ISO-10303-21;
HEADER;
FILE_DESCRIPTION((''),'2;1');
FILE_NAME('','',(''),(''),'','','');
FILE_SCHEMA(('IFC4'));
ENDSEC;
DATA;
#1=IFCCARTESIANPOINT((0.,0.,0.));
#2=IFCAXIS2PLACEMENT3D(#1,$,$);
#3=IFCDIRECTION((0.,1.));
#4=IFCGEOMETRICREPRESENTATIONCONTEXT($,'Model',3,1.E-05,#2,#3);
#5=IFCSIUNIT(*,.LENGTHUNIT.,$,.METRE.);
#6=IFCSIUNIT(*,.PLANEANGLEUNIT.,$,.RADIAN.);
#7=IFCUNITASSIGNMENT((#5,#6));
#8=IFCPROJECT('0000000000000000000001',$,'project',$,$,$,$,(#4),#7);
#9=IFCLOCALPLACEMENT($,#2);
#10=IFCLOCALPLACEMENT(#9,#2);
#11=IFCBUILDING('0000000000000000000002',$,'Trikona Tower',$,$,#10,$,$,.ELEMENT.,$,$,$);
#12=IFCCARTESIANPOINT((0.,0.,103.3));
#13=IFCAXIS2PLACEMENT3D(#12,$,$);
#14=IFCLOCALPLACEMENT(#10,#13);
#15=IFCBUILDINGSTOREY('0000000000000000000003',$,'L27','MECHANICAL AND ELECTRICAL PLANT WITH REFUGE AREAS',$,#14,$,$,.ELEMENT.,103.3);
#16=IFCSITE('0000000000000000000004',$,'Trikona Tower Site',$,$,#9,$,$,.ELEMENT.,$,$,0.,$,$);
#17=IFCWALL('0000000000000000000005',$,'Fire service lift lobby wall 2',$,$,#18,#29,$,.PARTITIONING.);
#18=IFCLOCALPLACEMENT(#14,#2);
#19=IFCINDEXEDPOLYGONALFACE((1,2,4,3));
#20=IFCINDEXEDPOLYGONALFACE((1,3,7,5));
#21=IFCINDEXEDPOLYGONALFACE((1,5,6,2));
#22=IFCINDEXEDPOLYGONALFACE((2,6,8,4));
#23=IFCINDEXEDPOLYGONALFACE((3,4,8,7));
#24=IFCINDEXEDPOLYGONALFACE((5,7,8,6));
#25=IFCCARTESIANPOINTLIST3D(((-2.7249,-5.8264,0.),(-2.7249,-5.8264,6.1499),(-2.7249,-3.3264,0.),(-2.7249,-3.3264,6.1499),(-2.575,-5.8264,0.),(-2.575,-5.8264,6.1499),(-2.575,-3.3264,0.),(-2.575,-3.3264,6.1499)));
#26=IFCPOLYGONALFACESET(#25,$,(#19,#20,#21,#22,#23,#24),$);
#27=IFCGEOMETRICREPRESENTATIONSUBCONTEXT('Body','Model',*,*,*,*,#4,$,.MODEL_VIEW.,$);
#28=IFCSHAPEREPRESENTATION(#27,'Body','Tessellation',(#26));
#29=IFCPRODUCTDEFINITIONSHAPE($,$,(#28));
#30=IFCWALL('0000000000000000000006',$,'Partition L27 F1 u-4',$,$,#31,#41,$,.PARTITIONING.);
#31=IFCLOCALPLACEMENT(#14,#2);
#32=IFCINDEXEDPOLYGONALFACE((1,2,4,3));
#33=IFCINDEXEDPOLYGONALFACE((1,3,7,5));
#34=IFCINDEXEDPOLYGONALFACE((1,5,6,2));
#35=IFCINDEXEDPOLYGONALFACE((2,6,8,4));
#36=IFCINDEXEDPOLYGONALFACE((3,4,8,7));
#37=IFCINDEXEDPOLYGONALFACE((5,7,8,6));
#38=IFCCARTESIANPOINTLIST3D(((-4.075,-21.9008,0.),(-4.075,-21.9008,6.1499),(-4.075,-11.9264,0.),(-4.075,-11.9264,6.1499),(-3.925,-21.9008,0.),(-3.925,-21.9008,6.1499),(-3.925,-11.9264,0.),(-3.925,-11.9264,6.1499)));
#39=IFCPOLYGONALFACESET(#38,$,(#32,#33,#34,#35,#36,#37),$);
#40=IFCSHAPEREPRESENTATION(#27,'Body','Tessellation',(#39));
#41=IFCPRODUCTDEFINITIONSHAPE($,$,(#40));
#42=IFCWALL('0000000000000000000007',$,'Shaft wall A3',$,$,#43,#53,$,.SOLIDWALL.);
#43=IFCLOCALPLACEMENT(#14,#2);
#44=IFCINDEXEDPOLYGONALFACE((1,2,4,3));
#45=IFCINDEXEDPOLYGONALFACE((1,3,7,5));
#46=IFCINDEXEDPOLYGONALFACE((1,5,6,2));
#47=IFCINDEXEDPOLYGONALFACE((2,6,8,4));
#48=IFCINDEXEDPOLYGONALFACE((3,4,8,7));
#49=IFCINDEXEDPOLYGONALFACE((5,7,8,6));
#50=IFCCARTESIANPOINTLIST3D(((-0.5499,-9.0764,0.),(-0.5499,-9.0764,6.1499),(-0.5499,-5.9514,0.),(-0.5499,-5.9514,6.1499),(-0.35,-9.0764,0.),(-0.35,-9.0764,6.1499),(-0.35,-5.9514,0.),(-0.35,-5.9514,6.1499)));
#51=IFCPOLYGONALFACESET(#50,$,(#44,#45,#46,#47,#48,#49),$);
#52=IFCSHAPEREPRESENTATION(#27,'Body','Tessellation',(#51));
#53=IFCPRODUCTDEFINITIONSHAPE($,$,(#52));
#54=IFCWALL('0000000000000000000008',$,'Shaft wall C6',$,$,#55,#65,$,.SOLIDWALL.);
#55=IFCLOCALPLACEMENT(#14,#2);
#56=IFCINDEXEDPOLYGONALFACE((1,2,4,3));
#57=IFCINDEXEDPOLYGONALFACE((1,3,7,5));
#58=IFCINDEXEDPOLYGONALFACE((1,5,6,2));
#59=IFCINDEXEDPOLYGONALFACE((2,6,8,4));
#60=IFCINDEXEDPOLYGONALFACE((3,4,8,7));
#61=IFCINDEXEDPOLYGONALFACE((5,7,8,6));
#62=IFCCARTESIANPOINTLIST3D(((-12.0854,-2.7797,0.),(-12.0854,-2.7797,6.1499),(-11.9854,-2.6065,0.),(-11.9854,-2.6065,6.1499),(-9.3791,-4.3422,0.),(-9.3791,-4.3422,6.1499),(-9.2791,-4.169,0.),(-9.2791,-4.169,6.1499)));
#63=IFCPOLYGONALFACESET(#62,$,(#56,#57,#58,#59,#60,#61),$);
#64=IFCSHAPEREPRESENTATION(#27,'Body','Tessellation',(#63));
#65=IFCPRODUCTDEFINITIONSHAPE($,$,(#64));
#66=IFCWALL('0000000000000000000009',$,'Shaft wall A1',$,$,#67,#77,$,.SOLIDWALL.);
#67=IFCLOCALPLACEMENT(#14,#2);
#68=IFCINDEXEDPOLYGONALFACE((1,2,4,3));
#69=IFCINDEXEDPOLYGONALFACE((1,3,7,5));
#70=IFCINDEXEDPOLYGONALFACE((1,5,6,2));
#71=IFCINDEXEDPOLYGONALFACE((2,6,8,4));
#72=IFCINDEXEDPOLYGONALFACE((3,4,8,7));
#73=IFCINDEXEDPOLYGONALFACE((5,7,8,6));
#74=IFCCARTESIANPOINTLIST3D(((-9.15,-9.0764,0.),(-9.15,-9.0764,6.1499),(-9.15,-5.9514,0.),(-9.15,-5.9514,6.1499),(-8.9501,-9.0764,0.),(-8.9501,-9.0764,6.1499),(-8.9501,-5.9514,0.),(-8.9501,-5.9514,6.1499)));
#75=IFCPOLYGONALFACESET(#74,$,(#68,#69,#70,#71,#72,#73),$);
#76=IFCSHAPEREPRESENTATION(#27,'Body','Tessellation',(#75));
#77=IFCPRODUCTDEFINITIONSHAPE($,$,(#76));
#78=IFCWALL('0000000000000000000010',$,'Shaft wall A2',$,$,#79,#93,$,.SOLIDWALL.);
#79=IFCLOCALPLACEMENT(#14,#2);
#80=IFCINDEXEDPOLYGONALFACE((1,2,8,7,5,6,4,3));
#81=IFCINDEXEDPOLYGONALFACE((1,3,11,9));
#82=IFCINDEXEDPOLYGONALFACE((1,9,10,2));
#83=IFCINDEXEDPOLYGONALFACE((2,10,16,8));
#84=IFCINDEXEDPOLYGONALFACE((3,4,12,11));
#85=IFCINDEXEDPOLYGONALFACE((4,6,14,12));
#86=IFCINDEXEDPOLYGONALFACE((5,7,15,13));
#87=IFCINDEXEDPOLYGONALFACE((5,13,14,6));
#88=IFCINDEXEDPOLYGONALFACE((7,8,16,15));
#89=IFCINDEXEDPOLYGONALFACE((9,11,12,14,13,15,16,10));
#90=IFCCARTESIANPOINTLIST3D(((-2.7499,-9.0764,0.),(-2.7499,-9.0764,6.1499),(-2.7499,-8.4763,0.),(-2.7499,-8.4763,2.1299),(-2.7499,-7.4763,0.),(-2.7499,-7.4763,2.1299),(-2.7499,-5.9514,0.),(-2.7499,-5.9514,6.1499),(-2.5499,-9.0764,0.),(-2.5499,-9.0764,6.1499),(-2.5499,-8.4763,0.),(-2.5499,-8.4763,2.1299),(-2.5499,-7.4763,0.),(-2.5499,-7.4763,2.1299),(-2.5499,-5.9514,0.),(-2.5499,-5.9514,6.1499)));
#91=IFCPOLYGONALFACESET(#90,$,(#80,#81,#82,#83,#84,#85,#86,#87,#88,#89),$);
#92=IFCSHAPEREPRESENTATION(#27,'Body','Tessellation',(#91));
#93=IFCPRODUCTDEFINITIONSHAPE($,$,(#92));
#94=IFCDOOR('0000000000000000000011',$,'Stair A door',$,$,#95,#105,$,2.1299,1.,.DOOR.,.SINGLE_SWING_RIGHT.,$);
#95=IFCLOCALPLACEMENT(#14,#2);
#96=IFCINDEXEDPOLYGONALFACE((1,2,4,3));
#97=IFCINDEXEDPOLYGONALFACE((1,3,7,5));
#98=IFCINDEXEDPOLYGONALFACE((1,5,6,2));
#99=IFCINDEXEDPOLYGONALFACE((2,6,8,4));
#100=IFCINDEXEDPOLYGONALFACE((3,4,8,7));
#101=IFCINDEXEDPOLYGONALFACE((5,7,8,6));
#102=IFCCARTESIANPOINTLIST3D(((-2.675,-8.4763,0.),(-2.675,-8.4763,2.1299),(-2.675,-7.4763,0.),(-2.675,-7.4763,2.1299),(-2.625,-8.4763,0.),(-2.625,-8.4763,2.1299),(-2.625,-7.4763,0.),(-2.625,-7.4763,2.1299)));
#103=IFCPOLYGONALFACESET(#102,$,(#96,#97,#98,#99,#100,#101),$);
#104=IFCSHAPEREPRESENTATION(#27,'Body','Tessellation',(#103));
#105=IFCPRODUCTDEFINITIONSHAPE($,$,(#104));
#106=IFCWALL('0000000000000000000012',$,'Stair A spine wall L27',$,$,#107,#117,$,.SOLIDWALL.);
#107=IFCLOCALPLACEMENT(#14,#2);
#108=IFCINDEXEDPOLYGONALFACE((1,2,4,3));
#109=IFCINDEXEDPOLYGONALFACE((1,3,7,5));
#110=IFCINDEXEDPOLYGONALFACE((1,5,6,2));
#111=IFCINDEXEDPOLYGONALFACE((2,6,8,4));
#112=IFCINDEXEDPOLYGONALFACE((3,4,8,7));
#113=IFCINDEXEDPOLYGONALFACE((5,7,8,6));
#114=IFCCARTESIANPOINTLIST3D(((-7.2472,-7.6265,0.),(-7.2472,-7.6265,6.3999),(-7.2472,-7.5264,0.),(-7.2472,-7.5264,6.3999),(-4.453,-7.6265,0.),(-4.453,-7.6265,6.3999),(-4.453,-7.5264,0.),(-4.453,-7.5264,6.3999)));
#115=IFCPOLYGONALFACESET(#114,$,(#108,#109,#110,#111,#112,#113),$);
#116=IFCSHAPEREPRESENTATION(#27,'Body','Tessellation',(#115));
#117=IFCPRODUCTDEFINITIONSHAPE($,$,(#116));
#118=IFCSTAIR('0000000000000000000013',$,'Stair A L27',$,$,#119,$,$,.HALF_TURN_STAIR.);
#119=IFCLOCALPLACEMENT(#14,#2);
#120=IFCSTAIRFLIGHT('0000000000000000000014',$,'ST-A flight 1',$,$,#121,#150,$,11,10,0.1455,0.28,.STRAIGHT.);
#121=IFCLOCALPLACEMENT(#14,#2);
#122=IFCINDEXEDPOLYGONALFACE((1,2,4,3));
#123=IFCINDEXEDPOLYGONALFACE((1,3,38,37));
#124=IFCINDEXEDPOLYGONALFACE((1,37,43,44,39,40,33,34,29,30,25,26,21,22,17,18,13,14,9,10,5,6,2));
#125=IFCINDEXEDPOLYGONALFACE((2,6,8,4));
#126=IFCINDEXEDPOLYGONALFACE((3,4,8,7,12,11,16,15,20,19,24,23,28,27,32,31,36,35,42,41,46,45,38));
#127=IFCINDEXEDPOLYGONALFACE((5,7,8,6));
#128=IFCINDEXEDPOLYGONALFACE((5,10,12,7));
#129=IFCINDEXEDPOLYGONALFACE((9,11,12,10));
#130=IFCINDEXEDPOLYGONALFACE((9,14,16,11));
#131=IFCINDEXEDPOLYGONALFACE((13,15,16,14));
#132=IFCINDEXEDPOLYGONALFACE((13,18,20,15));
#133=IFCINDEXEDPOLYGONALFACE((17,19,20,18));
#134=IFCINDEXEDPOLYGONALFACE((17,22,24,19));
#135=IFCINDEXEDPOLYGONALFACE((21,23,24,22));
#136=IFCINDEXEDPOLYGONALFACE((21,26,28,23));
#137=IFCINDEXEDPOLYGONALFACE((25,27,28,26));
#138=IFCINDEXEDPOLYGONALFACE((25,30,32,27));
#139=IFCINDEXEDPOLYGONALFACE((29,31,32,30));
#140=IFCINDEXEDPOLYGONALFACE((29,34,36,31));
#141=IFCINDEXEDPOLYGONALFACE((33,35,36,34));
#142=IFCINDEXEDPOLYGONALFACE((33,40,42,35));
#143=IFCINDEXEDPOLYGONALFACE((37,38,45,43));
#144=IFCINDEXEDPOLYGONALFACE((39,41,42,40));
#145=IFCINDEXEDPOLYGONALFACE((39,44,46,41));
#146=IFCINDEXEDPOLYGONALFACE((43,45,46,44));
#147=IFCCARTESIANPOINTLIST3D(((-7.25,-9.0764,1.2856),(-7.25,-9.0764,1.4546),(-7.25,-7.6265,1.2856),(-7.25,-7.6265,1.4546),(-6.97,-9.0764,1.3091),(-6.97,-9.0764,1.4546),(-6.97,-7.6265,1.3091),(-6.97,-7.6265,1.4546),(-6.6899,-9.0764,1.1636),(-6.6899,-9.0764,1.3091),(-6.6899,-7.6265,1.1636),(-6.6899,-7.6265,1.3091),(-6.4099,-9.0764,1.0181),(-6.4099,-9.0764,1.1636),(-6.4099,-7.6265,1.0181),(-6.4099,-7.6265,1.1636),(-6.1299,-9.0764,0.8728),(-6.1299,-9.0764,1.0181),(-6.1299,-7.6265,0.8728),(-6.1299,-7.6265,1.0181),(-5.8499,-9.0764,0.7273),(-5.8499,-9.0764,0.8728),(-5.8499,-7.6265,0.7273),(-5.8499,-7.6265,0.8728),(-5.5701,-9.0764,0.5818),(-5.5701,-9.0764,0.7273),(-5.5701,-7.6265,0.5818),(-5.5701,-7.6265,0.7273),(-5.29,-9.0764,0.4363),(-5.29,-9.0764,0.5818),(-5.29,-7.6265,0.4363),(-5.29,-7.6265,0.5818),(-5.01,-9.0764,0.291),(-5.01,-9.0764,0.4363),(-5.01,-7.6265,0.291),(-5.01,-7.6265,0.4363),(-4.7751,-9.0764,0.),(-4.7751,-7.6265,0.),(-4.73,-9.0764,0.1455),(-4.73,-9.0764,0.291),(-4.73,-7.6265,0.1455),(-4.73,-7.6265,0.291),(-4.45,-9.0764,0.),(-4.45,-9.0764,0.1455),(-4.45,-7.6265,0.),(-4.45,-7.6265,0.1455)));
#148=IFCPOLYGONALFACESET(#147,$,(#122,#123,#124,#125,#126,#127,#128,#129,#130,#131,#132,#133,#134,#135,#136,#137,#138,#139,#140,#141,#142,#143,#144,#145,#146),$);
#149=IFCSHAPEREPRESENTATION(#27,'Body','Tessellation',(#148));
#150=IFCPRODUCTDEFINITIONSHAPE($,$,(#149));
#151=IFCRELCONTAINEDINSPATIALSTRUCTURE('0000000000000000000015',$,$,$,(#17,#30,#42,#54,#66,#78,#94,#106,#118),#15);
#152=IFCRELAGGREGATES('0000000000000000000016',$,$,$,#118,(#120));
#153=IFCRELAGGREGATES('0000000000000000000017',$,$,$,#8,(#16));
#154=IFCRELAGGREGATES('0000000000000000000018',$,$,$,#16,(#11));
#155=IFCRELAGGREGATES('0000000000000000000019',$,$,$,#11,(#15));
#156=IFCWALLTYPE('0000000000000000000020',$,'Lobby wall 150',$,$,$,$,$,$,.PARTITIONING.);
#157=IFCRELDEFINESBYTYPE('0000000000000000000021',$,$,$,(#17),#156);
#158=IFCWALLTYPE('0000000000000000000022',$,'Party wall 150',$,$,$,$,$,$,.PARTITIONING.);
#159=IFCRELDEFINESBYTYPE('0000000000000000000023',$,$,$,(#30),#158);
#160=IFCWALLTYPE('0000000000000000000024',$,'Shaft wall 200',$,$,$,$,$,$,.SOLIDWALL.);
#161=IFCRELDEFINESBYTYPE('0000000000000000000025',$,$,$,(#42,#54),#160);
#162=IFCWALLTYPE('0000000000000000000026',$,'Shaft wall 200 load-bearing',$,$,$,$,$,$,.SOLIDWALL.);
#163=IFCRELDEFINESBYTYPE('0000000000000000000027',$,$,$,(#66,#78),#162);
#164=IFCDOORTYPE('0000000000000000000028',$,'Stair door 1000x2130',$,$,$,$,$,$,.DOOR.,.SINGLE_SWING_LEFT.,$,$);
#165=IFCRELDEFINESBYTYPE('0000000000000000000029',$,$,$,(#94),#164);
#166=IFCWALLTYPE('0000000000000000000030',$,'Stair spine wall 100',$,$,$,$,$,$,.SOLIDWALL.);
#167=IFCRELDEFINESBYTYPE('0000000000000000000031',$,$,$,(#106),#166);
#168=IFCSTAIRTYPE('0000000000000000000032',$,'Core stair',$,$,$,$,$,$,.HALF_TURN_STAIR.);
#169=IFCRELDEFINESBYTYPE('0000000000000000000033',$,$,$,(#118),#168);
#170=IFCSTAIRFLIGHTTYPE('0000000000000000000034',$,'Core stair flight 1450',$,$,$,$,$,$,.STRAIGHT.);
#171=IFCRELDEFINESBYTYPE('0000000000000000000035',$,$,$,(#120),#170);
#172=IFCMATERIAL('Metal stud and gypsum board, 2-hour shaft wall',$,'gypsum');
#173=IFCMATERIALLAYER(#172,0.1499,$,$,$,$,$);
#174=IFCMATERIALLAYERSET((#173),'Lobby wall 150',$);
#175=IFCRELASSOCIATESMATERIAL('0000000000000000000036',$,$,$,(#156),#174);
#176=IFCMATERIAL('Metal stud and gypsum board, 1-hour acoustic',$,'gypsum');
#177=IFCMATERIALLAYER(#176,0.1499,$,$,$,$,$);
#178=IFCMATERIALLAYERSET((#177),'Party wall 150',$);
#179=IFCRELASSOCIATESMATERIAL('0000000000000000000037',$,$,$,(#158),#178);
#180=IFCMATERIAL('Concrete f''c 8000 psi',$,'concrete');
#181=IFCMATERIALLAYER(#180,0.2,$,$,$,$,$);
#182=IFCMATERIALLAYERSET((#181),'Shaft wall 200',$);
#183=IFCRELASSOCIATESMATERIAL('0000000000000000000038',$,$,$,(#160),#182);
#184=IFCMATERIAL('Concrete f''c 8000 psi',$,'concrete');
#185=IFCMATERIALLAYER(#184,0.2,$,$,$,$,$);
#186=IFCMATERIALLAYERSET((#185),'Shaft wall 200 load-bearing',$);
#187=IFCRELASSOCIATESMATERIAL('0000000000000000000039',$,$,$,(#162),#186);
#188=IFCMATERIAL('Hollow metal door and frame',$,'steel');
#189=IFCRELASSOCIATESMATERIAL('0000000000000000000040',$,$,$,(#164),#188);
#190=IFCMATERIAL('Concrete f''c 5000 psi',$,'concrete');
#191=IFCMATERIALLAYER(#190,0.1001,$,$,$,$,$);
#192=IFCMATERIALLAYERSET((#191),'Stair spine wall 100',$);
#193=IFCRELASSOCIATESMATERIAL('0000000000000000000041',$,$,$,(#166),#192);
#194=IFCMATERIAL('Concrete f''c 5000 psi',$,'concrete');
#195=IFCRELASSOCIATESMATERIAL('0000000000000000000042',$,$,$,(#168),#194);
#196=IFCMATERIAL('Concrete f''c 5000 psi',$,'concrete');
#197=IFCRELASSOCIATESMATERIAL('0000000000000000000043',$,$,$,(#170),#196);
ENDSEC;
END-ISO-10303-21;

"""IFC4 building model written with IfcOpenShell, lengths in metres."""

from ifc_helpers import new_model, si_unit, direction, frame, frame_2d, origin, place, context, subcontext, project, spatial, polyline, rectangle, outline, extrude, material, layer, layer_set, type_object, element, fill, aggregate, save


model = new_model("IFC4")

# Units and contexts
model_context = context("Model", 3, precision=1e-05, world=origin(), true_north=direction((0.0, 1.0)))
body_context = subcontext(model_context, "Body", "Model", "MODEL_VIEW")
ifc_project = project(units=[si_unit("LENGTHUNIT", "METRE"), si_unit("PLANEANGLEUNIT", "RADIAN")], contexts=[model_context])

# Site, building, storey
site_placement = place(None, origin())
site = spatial("IfcSite", under=ifc_project, at=site_placement, Name="Trikona Tower Site", CompositionType="ELEMENT", RefElevation=0.0)
building_placement = place(site_placement, origin())
building = spatial("IfcBuilding", under=site, at=building_placement, Name="Trikona Tower", CompositionType="ELEMENT")
storey_placement = place(building_placement, frame((0.0, 0.0, 103.3)))
storey = spatial("IfcBuildingStorey", under=building, at=storey_placement, Name="L27", Description="MECHANICAL AND ELECTRICAL PLANT WITH REFUGE AREAS", CompositionType="ELEMENT", Elevation=103.3)

# Walls
ifc_material_1 = material(Name="Metal stud and gypsum board, 2-hour shaft wall", Category="gypsum")
ifc_layer_1 = layer(ifc_material_1, 0.1499)
ifc_layer_set_1 = layer_set([ifc_layer_1], Name="Lobby wall 150")
wall_type_1 = type_object("IfcWallType", Name="Lobby wall 150", PredefinedType="PARTITIONING", material=ifc_layer_set_1)
wall_1_placement = place(storey_placement, frame((-2.6499, -5.8264, 0.0), z_axis=(0.0, 0.0, 1.0), x_axis=(0.0, 1.0, 0.0)))
element("IfcWall", 1, at=wall_1_placement, inside=storey, type_object=wall_type_1, Name="Fire service lift lobby wall 2", PredefinedType="PARTITIONING", context=body_context, shape_type="SweptSolid", body=[
    extrude(rectangle(XDim=2.5, YDim=0.1499, at=frame_2d((1.25, 0.0))), origin(), (0.0, 0.0, 1.0), 6.1499),
])
ifc_material_2 = material(Name="Metal stud and gypsum board, 1-hour acoustic", Category="gypsum")
ifc_layer_2 = layer(ifc_material_2, 0.1499)
ifc_layer_set_2 = layer_set([ifc_layer_2], Name="Party wall 150")
wall_type_2 = type_object("IfcWallType", Name="Party wall 150", PredefinedType="PARTITIONING", material=ifc_layer_set_2)
wall_2_placement = place(storey_placement, frame((-4.0, -11.9263, 0.0), z_axis=(0.0, 0.0, 1.0), x_axis=(0.0, -1.0, 0.0)))
element("IfcWall", 2, at=wall_2_placement, inside=storey, type_object=wall_type_2, Name="Partition L27 F1 u-4", PredefinedType="PARTITIONING", context=body_context, shape_type="SweptSolid", body=[
    extrude(rectangle(XDim=9.9744, YDim=0.1499, at=frame_2d((4.9873, 0.0))), origin(), (0.0, 0.0, 1.0), 6.1499),
])
ifc_material_3 = material(Name="Concrete f'c 8000 psi", Category="concrete")
ifc_layer_3 = layer(ifc_material_3, 0.2)
ifc_layer_set_3 = layer_set([ifc_layer_3], Name="Shaft wall 200")
wall_type_3 = type_object("IfcWallType", Name="Shaft wall 200", PredefinedType="SOLIDWALL", material=ifc_layer_set_3)
for number, where, z_axis, x_axis, name in (
    (3, (-0.45, -5.9514, 0.0), (0.0, 0.0, 1.0), (0.0, -1.0, 0.0), "Shaft wall A3"),
    (4, (-9.3291, -4.2556, 0.0), (0.0, 0.0, 1.0), (-0.866023, 0.500004, 0.0), "Shaft wall C6"),
):
    element("IfcWall", number, at=place(storey_placement, frame(where, z_axis=z_axis, x_axis=x_axis)), inside=storey, type_object=wall_type_3, Name=name, PredefinedType="SOLIDWALL", context=body_context, shape_type="SweptSolid", body=[
        extrude(rectangle(XDim=3.125, YDim=0.2, at=frame_2d((1.5625, 0.0))), origin(), (0.0, 0.0, 1.0), 6.1499),
    ])
ifc_material_4 = material(Name="Concrete f'c 8000 psi", Category="concrete")
ifc_layer_4 = layer(ifc_material_4, 0.2)
ifc_layer_set_4 = layer_set([ifc_layer_4], Name="Shaft wall 200 load-bearing")
wall_type_4 = type_object("IfcWallType", Name="Shaft wall 200 load-bearing", PredefinedType="SOLIDWALL", material=ifc_layer_set_4)
wall_3_placement = place(storey_placement, frame((-9.05, -5.9514, 0.0), z_axis=(0.0, 0.0, 1.0), x_axis=(0.0, -1.0, 0.0)))
element("IfcWall", 5, at=wall_3_placement, inside=storey, type_object=wall_type_4, Name="Shaft wall A1", PredefinedType="SOLIDWALL", context=body_context, shape_type="SweptSolid", body=[
    extrude(rectangle(XDim=3.125, YDim=0.2, at=frame_2d((1.5625, 0.0))), origin(), (0.0, 0.0, 1.0), 6.1499),
])

# Wall, opening, door
wall_4_placement = place(storey_placement, frame((-2.6499, -5.9514, 0.0), z_axis=(0.0, 0.0, 1.0), x_axis=(0.0, -1.0, 0.0)))
wall_4 = element("IfcWall", 6, at=wall_4_placement, inside=storey, type_object=wall_type_4, Name="Shaft wall A2", PredefinedType="SOLIDWALL", context=body_context, shape_type="SweptSolid", body=[
    extrude(rectangle(XDim=3.125, YDim=0.2, at=frame_2d((1.5625, 0.0))), origin(), (0.0, 0.0, 1.0), 6.1499),
])
opening_1_placement = place(wall_4_placement, frame((1.5249, 0.0, 0.0)))
opening_1 = element("IfcOpeningElement", 7, at=opening_1_placement, cuts=wall_4, PredefinedType="OPENING", context=body_context, shape_type="SweptSolid", body=[
    extrude(rectangle(XDim=1.0, YDim=2.1299, at=frame_2d((0.5, 1.0649))), frame((0.0, 0.1099, 0.0), z_axis=(0.0, -1.0, 0.0), x_axis=(1.0, 0.0, 0.0)), (0.0, 0.0, 1.0), 0.22),
])
ifc_material_5 = material(Name="Hollow metal door and frame", Category="steel")
door_type_1 = type_object("IfcDoorType", Name="Stair door 1000x2130", OperationType="SINGLE_SWING_LEFT", PredefinedType="DOOR", material=ifc_material_5)
door_1_placement = place(opening_1_placement, origin())
door_1 = element("IfcDoor", 8, at=door_1_placement, inside=storey, type_object=door_type_1, Name="Stair A door", OperationType="SINGLE_SWING_RIGHT", OverallHeight=2.1299, OverallWidth=1.0, PredefinedType="DOOR", context=body_context, shape_type="SweptSolid", body=[
    extrude(rectangle(XDim=1.0, YDim=2.1299, at=frame_2d((0.5, 1.0649))), frame((0.0, 0.0249, 0.0), z_axis=(0.0, -1.0, 0.0), x_axis=(1.0, 0.0, 0.0)), (0.0, 0.0, 1.0), 0.05),
])
fill(opening_1, door_1)

# Wall
ifc_material_6 = material(Name="Concrete f'c 5000 psi", Category="concrete")
ifc_layer_5 = layer(ifc_material_6, 0.1001)
ifc_layer_set_5 = layer_set([ifc_layer_5], Name="Stair spine wall 100")
wall_type_5 = type_object("IfcWallType", Name="Stair spine wall 100", PredefinedType="SOLIDWALL", material=ifc_layer_set_5)
wall_5_placement = place(storey_placement, frame((-7.2471, -7.5764, 0.0), z_axis=(0.0, 0.0, 1.0), x_axis=(1.0, 0.0, 0.0)))
element("IfcWall", 9, at=wall_5_placement, inside=storey, type_object=wall_type_5, Name="Stair A spine wall L27", PredefinedType="SOLIDWALL", context=body_context, shape_type="SweptSolid", body=[
    extrude(rectangle(XDim=2.7942, YDim=0.1001, at=frame_2d((1.397, 0.0))), origin(), (0.0, 0.0, 1.0), 6.3999),
])

# Stair, stair flight
ifc_material_7 = material(Name="Concrete f'c 5000 psi", Category="concrete")
stair_type = type_object("IfcStairType", Name="Core stair", PredefinedType="HALF_TURN_STAIR", material=ifc_material_7)
stair_placement = place(storey_placement, origin())
stair = element("IfcStair", 10, at=stair_placement, inside=storey, type_object=stair_type, Name="Stair A L27", PredefinedType="HALF_TURN_STAIR")
ifc_material_8 = material(Name="Concrete f'c 5000 psi", Category="concrete")
stair_flight_type = type_object("IfcStairFlightType", Name="Core stair flight 1450", PredefinedType="STRAIGHT", material=ifc_material_8)
stair_flight_1_placement = place(storey_placement, frame((-4.45, -8.3513, 0.0), z_axis=(0.0, 0.0, 1.0), x_axis=(-1.0, 0.0, 0.0)))
stair_flight_1 = element("IfcStairFlight", 11, at=stair_flight_1_placement, type_object=stair_flight_type, Name="ST-A flight 1", NumberOfRisers=11, NumberOfTreads=10, PredefinedType="STRAIGHT", RiserHeight=0.1455, TreadLength=0.28, context=body_context, shape_type="SweptSolid", body=[
    extrude(outline(polyline([(0.0, 0.0), (0.0, 0.1455), (0.28, 0.1455), (0.28, 0.291), (0.5601, 0.291), (0.5601, 0.4363), (0.8401, 0.4363), (0.8401, 0.5818), (1.1201, 0.5818), (1.1201, 0.7273), (1.3999, 0.7273), (1.3999, 0.8728), (1.6799, 0.8728), (1.6799, 1.0181), (1.96, 1.0181), (1.96, 1.1636), (2.24, 1.1636), (2.24, 1.3091), (2.52, 1.3091), (2.52, 1.4546), (2.8, 1.4546), (2.8, 1.6001), (2.8, 1.2856), (0.3252, 0.0), (0.0, 0.0)])), frame((0.0, 0.7251, 0.0), z_axis=(0.0, -1.0, 0.0), x_axis=(1.0, 0.0, 0.0)), (0.0, 0.0, 1.0), 1.45),
])
aggregate(stair, [stair_flight_1])

save(model, "model.ifc")
